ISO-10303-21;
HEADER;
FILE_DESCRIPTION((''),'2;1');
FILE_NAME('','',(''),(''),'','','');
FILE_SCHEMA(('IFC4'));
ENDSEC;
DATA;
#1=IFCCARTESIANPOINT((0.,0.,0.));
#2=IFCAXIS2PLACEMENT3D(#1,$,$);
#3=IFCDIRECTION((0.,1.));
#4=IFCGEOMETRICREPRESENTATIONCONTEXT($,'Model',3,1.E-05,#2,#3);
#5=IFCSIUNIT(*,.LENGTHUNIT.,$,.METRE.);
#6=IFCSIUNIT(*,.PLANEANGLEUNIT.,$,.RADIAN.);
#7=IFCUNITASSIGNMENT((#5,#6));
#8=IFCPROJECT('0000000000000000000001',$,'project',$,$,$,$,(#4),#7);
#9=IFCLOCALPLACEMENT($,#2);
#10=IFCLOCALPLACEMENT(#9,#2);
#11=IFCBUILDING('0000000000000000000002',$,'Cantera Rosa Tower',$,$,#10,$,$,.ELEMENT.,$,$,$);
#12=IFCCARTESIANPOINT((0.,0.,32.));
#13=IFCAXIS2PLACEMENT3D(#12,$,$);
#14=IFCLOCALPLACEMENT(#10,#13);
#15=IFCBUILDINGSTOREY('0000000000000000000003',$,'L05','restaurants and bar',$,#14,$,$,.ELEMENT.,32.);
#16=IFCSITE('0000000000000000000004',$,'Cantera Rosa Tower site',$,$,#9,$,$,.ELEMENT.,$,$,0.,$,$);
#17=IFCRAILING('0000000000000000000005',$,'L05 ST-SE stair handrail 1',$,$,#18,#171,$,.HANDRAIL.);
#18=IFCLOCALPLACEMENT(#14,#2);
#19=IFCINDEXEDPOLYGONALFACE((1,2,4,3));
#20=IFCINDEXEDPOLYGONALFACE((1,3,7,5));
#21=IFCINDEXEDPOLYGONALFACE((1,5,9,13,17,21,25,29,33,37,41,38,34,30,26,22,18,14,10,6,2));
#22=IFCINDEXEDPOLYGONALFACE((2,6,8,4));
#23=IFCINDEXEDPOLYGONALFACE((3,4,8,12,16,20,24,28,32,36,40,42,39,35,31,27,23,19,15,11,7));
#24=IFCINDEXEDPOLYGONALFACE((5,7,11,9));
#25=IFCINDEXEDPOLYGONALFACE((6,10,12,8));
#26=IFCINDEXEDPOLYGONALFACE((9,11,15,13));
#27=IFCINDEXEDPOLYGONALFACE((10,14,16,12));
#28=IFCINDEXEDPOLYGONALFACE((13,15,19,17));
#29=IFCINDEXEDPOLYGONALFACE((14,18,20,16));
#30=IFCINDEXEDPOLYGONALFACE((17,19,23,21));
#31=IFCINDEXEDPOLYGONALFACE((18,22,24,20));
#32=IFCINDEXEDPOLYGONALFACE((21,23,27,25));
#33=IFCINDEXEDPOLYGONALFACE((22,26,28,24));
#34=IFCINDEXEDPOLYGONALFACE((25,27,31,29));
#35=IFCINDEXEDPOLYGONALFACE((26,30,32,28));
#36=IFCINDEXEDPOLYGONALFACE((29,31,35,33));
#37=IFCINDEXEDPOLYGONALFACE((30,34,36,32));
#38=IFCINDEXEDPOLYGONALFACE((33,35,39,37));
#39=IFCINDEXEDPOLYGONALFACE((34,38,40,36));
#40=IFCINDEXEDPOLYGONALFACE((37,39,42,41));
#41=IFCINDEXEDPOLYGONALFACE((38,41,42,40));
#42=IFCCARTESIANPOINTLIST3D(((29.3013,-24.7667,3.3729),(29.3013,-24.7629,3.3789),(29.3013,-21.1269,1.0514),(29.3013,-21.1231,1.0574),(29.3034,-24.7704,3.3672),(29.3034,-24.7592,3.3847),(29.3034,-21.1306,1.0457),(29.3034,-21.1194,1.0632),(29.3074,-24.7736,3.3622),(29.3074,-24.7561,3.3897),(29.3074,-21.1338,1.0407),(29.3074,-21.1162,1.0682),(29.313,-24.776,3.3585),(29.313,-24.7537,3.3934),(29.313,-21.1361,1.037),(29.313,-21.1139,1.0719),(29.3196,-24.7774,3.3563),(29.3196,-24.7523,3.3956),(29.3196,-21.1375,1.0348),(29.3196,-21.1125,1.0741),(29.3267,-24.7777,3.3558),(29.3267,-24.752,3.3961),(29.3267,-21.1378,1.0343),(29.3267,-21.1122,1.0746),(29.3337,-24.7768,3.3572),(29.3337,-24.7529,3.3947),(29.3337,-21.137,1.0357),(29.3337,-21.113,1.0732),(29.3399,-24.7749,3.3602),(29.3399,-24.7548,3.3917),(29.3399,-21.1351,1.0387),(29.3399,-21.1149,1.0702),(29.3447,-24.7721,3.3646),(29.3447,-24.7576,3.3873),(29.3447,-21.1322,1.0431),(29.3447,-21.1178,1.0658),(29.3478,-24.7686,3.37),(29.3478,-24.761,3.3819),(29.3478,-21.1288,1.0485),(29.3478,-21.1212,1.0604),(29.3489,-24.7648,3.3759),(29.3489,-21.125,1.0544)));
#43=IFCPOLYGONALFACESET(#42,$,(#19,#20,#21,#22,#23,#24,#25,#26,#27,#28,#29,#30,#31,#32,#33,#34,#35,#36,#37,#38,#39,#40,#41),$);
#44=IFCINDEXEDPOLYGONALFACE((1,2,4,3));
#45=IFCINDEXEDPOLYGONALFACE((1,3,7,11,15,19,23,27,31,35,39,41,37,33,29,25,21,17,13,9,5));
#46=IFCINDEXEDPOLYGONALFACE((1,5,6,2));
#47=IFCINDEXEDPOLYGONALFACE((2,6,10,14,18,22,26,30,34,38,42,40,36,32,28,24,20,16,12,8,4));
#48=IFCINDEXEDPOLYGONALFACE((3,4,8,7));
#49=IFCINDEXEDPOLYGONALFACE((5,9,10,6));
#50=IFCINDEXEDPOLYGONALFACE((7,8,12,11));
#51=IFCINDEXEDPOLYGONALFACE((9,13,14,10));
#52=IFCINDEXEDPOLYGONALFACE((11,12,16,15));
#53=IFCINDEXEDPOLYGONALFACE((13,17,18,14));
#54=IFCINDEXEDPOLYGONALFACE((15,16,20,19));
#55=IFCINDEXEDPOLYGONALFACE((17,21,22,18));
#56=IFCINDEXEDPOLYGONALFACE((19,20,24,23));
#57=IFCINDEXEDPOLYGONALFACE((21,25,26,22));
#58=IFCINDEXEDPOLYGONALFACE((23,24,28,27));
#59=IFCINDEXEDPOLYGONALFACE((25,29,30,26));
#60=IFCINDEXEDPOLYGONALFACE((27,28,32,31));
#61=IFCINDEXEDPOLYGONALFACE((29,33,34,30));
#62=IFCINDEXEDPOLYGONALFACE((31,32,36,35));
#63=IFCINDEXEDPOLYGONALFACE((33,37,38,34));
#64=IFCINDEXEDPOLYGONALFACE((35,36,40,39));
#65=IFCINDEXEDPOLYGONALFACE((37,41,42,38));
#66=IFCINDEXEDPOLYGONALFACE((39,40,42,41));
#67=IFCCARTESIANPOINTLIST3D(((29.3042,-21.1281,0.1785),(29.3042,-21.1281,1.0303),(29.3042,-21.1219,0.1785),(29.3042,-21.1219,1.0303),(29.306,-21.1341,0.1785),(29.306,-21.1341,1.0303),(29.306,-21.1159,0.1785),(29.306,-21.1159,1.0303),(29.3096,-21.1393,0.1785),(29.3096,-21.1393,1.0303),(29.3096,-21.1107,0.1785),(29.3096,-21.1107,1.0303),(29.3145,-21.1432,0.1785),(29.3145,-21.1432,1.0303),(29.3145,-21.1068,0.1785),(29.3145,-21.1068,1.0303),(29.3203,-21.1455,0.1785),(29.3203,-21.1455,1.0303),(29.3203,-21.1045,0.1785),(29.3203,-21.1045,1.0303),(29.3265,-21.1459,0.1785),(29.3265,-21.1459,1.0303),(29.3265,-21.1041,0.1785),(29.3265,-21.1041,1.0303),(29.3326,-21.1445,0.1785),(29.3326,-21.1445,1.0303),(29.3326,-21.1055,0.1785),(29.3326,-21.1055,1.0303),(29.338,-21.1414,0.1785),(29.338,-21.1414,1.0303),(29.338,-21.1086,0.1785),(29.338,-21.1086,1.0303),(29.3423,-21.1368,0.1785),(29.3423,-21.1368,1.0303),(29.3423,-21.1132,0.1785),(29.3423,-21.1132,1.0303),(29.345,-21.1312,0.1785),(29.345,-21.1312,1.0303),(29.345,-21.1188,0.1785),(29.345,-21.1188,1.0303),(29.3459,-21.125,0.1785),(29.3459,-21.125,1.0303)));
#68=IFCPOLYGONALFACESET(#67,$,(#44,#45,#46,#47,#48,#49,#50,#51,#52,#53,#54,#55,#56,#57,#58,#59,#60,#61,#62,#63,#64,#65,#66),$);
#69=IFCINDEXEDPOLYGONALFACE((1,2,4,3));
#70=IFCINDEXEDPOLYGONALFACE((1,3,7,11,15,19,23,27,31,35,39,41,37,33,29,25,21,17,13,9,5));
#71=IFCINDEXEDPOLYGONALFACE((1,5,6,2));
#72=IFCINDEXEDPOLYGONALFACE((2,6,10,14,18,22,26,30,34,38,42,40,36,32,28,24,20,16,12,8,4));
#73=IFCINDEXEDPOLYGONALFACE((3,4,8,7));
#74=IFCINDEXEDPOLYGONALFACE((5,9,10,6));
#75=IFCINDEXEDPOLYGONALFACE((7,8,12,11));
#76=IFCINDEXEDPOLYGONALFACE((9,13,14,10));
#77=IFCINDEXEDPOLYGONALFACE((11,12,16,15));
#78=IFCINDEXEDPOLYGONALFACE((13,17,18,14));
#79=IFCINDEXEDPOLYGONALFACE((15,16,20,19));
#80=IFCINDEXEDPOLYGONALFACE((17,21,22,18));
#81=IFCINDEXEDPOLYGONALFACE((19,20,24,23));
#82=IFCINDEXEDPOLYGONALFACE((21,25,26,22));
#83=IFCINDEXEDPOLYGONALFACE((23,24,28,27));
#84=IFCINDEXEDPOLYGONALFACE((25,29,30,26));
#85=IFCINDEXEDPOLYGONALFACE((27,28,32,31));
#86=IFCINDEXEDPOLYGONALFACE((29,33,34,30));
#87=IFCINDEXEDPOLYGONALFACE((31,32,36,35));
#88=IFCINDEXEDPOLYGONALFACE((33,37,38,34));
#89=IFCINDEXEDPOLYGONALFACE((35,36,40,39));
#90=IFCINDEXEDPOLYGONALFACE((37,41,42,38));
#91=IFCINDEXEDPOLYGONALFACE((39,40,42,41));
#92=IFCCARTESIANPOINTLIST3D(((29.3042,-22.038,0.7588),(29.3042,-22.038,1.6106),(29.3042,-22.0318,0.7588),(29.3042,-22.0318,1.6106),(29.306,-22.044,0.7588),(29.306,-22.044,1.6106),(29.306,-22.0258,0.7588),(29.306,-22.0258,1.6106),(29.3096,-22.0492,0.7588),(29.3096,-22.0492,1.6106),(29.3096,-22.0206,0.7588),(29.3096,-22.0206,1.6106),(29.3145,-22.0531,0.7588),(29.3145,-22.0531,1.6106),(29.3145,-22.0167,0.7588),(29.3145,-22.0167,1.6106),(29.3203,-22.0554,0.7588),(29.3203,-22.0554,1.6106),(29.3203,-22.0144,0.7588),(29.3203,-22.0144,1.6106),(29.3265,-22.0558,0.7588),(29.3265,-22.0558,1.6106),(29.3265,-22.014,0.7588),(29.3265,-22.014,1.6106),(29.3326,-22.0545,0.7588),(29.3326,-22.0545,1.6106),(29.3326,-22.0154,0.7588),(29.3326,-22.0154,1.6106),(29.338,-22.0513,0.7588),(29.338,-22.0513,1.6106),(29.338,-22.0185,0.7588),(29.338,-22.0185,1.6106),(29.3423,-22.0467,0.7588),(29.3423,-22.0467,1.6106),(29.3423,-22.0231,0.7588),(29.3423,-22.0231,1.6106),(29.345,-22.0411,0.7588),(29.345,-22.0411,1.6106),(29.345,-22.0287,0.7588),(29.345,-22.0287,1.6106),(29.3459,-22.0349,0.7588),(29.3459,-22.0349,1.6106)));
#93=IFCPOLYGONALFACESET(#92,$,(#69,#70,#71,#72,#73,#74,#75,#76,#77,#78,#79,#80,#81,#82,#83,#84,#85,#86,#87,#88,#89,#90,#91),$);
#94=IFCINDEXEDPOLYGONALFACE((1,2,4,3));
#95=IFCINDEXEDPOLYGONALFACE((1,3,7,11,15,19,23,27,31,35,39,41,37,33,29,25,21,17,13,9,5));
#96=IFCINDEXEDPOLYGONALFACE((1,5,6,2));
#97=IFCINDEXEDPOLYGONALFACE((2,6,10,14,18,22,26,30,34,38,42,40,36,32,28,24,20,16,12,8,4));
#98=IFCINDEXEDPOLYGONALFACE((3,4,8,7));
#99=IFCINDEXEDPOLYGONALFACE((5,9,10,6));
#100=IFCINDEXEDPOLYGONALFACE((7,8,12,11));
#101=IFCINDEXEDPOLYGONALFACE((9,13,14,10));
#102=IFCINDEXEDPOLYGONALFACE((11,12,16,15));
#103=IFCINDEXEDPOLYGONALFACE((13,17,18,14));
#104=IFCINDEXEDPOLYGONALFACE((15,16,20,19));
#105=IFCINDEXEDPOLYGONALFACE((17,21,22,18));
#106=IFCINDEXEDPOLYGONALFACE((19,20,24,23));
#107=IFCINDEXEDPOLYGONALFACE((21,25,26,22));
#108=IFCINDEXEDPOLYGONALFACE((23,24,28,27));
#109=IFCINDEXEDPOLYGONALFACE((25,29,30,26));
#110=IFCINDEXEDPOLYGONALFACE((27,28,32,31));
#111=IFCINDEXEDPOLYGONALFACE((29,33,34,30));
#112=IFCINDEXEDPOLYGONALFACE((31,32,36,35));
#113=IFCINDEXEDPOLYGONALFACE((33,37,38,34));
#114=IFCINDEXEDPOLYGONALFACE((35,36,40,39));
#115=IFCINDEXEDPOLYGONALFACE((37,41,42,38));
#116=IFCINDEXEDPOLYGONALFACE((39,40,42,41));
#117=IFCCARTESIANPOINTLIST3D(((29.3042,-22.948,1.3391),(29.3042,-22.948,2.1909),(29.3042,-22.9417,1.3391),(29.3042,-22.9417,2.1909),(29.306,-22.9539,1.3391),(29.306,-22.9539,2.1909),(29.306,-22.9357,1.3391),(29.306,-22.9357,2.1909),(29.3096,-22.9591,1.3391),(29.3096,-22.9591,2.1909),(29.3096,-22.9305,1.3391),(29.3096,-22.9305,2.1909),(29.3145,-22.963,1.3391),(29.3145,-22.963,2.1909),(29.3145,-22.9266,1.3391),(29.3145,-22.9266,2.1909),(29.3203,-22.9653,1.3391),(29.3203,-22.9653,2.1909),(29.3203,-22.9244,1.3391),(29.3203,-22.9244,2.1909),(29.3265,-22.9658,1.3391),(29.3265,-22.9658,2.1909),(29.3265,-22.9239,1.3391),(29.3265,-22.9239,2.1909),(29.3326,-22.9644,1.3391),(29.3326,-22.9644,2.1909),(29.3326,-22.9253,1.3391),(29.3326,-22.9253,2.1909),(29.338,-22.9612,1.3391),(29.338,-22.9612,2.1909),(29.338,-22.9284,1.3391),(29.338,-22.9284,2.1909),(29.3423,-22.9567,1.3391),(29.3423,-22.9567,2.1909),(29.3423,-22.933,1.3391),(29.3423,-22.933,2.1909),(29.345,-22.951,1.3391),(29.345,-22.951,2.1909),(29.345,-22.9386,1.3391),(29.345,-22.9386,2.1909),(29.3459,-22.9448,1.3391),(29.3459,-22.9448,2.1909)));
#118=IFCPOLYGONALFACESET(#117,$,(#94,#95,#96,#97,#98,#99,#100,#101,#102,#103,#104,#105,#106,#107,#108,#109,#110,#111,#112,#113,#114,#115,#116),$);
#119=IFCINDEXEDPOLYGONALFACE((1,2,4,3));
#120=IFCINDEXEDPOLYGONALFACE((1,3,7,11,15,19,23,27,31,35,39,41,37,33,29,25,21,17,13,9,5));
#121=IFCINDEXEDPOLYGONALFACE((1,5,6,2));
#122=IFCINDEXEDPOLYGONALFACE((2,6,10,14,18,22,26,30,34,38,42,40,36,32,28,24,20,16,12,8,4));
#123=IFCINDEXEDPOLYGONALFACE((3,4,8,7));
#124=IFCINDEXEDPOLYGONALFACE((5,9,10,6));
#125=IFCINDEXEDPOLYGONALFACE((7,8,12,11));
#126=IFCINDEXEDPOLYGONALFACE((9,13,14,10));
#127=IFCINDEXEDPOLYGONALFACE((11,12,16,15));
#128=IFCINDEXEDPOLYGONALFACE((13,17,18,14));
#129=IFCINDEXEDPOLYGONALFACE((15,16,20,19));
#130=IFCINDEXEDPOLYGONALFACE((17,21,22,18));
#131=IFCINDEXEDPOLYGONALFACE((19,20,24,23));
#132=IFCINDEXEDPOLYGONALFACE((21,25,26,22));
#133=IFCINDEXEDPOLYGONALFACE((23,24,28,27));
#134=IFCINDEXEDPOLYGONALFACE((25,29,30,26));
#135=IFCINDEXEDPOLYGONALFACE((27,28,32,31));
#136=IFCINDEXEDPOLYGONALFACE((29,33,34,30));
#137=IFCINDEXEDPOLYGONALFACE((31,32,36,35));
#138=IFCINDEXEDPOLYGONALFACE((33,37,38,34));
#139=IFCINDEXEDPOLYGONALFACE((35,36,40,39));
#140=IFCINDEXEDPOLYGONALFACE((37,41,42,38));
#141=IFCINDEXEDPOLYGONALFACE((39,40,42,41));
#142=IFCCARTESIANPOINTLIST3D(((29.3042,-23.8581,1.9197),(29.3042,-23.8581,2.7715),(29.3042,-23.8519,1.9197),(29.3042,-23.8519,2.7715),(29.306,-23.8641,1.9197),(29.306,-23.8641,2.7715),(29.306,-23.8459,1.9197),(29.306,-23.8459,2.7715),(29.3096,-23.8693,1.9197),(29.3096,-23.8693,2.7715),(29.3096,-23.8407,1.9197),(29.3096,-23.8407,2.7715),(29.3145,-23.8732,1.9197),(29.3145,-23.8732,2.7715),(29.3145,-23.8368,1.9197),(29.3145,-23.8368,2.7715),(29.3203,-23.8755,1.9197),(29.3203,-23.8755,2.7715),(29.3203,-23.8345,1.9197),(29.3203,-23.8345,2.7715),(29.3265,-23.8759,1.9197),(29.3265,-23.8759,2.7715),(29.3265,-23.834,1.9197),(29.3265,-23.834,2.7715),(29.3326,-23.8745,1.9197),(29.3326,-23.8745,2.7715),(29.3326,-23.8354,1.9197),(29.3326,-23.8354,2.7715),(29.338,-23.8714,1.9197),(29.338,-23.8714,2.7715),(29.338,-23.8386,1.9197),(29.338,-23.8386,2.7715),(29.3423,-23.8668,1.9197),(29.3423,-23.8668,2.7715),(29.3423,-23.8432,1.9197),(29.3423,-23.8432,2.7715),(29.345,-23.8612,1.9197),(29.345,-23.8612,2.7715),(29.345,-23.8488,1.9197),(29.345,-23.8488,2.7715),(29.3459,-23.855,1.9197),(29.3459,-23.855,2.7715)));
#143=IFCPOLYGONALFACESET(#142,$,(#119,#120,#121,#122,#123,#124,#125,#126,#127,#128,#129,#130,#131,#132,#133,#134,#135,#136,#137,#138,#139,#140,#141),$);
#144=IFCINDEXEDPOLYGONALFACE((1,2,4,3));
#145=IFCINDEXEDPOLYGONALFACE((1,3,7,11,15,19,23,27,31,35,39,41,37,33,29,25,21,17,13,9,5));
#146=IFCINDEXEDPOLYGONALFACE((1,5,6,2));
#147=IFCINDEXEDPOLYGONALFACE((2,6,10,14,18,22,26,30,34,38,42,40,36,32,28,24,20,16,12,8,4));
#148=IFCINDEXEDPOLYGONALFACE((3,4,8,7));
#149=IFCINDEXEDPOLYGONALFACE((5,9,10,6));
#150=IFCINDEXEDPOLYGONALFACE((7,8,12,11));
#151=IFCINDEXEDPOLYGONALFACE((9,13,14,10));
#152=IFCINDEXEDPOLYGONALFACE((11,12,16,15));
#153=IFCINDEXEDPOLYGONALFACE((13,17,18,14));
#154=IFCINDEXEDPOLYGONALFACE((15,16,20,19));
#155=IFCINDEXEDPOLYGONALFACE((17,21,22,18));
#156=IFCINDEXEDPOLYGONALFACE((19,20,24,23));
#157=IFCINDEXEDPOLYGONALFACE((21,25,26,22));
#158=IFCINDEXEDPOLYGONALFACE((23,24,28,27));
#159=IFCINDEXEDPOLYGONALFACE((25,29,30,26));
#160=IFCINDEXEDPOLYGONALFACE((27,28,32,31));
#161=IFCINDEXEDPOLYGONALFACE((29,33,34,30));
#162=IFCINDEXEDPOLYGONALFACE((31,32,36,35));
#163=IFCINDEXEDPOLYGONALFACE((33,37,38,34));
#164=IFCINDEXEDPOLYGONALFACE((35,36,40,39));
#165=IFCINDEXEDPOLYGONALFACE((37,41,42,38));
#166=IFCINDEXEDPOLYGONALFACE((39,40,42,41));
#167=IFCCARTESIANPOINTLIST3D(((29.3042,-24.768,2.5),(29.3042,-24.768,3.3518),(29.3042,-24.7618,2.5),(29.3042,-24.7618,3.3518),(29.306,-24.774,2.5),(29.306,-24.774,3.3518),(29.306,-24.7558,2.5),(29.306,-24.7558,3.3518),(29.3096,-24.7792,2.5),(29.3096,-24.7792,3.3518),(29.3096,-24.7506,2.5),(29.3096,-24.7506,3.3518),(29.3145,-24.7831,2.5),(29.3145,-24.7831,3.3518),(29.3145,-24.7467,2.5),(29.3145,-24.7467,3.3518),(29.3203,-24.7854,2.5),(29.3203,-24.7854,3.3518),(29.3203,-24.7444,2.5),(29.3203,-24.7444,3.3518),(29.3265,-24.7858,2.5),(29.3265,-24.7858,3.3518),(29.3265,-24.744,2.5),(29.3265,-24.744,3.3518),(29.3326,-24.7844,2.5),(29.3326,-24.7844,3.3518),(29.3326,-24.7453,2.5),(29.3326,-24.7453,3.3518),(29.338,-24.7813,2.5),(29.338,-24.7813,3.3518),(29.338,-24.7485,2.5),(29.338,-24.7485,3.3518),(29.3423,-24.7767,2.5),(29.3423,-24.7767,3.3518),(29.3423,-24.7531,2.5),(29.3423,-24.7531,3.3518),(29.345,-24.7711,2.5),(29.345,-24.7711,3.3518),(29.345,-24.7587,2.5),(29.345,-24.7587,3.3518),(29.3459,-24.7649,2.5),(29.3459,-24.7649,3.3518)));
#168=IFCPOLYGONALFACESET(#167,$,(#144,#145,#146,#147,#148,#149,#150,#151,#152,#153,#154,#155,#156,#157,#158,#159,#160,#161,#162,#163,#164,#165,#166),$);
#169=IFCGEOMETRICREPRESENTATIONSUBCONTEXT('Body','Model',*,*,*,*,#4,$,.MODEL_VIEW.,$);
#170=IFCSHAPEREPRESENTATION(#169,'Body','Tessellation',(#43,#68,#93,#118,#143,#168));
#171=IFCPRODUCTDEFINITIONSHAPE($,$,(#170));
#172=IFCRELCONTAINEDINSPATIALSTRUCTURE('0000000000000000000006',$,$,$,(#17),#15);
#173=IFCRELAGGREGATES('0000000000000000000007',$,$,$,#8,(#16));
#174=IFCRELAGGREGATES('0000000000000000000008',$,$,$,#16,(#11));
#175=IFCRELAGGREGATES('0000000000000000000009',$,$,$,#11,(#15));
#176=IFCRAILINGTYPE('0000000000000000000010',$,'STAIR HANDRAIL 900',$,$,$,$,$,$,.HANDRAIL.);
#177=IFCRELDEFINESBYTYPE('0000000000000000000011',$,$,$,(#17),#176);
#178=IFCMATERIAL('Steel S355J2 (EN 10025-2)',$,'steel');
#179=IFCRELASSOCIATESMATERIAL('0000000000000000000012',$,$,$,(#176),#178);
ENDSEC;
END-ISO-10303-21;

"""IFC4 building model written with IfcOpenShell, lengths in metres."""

from ifc_helpers import new_model, si_unit, direction, frame, origin, origin_2d, place, context, subcontext, project, spatial, circle, extrude, material, type_object, element, save


model = new_model("IFC4")

# Units and contexts
model_context = context("Model", 3, precision=1e-05, world=origin(), true_north=direction((0.0, 1.0)))
body_context = subcontext(model_context, "Body", "Model", "MODEL_VIEW")
ifc_project = project(units=[si_unit("LENGTHUNIT", "METRE"), si_unit("PLANEANGLEUNIT", "RADIAN")], contexts=[model_context])

# Site, building, storey
site_placement = place(None, origin())
site = spatial("IfcSite", under=ifc_project, at=site_placement, Name="Cantera Rosa Tower site", CompositionType="ELEMENT", RefElevation=0.0)
building_placement = place(site_placement, origin())
building = spatial("IfcBuilding", under=site, at=building_placement, Name="Cantera Rosa Tower", CompositionType="ELEMENT")
storey_placement = place(building_placement, frame((0.0, 0.0, 32.0)))
storey = spatial("IfcBuildingStorey", under=building, at=storey_placement, Name="L05", Description="restaurants and bar", CompositionType="ELEMENT", Elevation=32.0)

# Railing
ifc_material_1 = material(Name="Steel S355J2 (EN 10025-2)", Category="steel")
railing_type_1 = type_object("IfcRailingType", Name="STAIR HANDRAIL 900", PredefinedType="HANDRAIL", material=ifc_material_1)
railing_1_placement = place(storey_placement, frame((29.325, -21.125, 0.1785)))
element("IfcRailing", 1, at=railing_1_placement, inside=storey, type_object=railing_type_1, Name="L05 ST-SE stair handrail 1", PredefinedType="HANDRAIL", context=body_context, shape_type="SweptSolid", body=[
    extrude(circle(Radius=0.0239, at=origin_2d()), frame((0.0, 0.0, 0.876), z_axis=(0.0, -0.843112, 0.537739), x_axis=(1.0, 0.0, 0.0)), (0.0, 0.0, 1.0), 4.3171),
    extrude(circle(Radius=0.021, at=origin_2d()), origin(), (0.0, 0.0, 1.0), 0.8518),
    extrude(circle(Radius=0.021, at=origin_2d()), frame((0.0, -0.9099, 0.5803)), (0.0, 0.0, 1.0), 0.8518),
    extrude(circle(Radius=0.021, at=origin_2d()), frame((0.0, -1.8198, 1.1606)), (0.0, 0.0, 1.0), 0.8518),
    extrude(circle(Radius=0.021, at=origin_2d()), frame((0.0, -2.73, 1.7412)), (0.0, 0.0, 1.0), 0.8518),
    extrude(circle(Radius=0.021, at=origin_2d()), frame((0.0, -3.6399, 2.3215)), (0.0, 0.0, 1.0), 0.8518),
])

save(model, "model.ifc")
